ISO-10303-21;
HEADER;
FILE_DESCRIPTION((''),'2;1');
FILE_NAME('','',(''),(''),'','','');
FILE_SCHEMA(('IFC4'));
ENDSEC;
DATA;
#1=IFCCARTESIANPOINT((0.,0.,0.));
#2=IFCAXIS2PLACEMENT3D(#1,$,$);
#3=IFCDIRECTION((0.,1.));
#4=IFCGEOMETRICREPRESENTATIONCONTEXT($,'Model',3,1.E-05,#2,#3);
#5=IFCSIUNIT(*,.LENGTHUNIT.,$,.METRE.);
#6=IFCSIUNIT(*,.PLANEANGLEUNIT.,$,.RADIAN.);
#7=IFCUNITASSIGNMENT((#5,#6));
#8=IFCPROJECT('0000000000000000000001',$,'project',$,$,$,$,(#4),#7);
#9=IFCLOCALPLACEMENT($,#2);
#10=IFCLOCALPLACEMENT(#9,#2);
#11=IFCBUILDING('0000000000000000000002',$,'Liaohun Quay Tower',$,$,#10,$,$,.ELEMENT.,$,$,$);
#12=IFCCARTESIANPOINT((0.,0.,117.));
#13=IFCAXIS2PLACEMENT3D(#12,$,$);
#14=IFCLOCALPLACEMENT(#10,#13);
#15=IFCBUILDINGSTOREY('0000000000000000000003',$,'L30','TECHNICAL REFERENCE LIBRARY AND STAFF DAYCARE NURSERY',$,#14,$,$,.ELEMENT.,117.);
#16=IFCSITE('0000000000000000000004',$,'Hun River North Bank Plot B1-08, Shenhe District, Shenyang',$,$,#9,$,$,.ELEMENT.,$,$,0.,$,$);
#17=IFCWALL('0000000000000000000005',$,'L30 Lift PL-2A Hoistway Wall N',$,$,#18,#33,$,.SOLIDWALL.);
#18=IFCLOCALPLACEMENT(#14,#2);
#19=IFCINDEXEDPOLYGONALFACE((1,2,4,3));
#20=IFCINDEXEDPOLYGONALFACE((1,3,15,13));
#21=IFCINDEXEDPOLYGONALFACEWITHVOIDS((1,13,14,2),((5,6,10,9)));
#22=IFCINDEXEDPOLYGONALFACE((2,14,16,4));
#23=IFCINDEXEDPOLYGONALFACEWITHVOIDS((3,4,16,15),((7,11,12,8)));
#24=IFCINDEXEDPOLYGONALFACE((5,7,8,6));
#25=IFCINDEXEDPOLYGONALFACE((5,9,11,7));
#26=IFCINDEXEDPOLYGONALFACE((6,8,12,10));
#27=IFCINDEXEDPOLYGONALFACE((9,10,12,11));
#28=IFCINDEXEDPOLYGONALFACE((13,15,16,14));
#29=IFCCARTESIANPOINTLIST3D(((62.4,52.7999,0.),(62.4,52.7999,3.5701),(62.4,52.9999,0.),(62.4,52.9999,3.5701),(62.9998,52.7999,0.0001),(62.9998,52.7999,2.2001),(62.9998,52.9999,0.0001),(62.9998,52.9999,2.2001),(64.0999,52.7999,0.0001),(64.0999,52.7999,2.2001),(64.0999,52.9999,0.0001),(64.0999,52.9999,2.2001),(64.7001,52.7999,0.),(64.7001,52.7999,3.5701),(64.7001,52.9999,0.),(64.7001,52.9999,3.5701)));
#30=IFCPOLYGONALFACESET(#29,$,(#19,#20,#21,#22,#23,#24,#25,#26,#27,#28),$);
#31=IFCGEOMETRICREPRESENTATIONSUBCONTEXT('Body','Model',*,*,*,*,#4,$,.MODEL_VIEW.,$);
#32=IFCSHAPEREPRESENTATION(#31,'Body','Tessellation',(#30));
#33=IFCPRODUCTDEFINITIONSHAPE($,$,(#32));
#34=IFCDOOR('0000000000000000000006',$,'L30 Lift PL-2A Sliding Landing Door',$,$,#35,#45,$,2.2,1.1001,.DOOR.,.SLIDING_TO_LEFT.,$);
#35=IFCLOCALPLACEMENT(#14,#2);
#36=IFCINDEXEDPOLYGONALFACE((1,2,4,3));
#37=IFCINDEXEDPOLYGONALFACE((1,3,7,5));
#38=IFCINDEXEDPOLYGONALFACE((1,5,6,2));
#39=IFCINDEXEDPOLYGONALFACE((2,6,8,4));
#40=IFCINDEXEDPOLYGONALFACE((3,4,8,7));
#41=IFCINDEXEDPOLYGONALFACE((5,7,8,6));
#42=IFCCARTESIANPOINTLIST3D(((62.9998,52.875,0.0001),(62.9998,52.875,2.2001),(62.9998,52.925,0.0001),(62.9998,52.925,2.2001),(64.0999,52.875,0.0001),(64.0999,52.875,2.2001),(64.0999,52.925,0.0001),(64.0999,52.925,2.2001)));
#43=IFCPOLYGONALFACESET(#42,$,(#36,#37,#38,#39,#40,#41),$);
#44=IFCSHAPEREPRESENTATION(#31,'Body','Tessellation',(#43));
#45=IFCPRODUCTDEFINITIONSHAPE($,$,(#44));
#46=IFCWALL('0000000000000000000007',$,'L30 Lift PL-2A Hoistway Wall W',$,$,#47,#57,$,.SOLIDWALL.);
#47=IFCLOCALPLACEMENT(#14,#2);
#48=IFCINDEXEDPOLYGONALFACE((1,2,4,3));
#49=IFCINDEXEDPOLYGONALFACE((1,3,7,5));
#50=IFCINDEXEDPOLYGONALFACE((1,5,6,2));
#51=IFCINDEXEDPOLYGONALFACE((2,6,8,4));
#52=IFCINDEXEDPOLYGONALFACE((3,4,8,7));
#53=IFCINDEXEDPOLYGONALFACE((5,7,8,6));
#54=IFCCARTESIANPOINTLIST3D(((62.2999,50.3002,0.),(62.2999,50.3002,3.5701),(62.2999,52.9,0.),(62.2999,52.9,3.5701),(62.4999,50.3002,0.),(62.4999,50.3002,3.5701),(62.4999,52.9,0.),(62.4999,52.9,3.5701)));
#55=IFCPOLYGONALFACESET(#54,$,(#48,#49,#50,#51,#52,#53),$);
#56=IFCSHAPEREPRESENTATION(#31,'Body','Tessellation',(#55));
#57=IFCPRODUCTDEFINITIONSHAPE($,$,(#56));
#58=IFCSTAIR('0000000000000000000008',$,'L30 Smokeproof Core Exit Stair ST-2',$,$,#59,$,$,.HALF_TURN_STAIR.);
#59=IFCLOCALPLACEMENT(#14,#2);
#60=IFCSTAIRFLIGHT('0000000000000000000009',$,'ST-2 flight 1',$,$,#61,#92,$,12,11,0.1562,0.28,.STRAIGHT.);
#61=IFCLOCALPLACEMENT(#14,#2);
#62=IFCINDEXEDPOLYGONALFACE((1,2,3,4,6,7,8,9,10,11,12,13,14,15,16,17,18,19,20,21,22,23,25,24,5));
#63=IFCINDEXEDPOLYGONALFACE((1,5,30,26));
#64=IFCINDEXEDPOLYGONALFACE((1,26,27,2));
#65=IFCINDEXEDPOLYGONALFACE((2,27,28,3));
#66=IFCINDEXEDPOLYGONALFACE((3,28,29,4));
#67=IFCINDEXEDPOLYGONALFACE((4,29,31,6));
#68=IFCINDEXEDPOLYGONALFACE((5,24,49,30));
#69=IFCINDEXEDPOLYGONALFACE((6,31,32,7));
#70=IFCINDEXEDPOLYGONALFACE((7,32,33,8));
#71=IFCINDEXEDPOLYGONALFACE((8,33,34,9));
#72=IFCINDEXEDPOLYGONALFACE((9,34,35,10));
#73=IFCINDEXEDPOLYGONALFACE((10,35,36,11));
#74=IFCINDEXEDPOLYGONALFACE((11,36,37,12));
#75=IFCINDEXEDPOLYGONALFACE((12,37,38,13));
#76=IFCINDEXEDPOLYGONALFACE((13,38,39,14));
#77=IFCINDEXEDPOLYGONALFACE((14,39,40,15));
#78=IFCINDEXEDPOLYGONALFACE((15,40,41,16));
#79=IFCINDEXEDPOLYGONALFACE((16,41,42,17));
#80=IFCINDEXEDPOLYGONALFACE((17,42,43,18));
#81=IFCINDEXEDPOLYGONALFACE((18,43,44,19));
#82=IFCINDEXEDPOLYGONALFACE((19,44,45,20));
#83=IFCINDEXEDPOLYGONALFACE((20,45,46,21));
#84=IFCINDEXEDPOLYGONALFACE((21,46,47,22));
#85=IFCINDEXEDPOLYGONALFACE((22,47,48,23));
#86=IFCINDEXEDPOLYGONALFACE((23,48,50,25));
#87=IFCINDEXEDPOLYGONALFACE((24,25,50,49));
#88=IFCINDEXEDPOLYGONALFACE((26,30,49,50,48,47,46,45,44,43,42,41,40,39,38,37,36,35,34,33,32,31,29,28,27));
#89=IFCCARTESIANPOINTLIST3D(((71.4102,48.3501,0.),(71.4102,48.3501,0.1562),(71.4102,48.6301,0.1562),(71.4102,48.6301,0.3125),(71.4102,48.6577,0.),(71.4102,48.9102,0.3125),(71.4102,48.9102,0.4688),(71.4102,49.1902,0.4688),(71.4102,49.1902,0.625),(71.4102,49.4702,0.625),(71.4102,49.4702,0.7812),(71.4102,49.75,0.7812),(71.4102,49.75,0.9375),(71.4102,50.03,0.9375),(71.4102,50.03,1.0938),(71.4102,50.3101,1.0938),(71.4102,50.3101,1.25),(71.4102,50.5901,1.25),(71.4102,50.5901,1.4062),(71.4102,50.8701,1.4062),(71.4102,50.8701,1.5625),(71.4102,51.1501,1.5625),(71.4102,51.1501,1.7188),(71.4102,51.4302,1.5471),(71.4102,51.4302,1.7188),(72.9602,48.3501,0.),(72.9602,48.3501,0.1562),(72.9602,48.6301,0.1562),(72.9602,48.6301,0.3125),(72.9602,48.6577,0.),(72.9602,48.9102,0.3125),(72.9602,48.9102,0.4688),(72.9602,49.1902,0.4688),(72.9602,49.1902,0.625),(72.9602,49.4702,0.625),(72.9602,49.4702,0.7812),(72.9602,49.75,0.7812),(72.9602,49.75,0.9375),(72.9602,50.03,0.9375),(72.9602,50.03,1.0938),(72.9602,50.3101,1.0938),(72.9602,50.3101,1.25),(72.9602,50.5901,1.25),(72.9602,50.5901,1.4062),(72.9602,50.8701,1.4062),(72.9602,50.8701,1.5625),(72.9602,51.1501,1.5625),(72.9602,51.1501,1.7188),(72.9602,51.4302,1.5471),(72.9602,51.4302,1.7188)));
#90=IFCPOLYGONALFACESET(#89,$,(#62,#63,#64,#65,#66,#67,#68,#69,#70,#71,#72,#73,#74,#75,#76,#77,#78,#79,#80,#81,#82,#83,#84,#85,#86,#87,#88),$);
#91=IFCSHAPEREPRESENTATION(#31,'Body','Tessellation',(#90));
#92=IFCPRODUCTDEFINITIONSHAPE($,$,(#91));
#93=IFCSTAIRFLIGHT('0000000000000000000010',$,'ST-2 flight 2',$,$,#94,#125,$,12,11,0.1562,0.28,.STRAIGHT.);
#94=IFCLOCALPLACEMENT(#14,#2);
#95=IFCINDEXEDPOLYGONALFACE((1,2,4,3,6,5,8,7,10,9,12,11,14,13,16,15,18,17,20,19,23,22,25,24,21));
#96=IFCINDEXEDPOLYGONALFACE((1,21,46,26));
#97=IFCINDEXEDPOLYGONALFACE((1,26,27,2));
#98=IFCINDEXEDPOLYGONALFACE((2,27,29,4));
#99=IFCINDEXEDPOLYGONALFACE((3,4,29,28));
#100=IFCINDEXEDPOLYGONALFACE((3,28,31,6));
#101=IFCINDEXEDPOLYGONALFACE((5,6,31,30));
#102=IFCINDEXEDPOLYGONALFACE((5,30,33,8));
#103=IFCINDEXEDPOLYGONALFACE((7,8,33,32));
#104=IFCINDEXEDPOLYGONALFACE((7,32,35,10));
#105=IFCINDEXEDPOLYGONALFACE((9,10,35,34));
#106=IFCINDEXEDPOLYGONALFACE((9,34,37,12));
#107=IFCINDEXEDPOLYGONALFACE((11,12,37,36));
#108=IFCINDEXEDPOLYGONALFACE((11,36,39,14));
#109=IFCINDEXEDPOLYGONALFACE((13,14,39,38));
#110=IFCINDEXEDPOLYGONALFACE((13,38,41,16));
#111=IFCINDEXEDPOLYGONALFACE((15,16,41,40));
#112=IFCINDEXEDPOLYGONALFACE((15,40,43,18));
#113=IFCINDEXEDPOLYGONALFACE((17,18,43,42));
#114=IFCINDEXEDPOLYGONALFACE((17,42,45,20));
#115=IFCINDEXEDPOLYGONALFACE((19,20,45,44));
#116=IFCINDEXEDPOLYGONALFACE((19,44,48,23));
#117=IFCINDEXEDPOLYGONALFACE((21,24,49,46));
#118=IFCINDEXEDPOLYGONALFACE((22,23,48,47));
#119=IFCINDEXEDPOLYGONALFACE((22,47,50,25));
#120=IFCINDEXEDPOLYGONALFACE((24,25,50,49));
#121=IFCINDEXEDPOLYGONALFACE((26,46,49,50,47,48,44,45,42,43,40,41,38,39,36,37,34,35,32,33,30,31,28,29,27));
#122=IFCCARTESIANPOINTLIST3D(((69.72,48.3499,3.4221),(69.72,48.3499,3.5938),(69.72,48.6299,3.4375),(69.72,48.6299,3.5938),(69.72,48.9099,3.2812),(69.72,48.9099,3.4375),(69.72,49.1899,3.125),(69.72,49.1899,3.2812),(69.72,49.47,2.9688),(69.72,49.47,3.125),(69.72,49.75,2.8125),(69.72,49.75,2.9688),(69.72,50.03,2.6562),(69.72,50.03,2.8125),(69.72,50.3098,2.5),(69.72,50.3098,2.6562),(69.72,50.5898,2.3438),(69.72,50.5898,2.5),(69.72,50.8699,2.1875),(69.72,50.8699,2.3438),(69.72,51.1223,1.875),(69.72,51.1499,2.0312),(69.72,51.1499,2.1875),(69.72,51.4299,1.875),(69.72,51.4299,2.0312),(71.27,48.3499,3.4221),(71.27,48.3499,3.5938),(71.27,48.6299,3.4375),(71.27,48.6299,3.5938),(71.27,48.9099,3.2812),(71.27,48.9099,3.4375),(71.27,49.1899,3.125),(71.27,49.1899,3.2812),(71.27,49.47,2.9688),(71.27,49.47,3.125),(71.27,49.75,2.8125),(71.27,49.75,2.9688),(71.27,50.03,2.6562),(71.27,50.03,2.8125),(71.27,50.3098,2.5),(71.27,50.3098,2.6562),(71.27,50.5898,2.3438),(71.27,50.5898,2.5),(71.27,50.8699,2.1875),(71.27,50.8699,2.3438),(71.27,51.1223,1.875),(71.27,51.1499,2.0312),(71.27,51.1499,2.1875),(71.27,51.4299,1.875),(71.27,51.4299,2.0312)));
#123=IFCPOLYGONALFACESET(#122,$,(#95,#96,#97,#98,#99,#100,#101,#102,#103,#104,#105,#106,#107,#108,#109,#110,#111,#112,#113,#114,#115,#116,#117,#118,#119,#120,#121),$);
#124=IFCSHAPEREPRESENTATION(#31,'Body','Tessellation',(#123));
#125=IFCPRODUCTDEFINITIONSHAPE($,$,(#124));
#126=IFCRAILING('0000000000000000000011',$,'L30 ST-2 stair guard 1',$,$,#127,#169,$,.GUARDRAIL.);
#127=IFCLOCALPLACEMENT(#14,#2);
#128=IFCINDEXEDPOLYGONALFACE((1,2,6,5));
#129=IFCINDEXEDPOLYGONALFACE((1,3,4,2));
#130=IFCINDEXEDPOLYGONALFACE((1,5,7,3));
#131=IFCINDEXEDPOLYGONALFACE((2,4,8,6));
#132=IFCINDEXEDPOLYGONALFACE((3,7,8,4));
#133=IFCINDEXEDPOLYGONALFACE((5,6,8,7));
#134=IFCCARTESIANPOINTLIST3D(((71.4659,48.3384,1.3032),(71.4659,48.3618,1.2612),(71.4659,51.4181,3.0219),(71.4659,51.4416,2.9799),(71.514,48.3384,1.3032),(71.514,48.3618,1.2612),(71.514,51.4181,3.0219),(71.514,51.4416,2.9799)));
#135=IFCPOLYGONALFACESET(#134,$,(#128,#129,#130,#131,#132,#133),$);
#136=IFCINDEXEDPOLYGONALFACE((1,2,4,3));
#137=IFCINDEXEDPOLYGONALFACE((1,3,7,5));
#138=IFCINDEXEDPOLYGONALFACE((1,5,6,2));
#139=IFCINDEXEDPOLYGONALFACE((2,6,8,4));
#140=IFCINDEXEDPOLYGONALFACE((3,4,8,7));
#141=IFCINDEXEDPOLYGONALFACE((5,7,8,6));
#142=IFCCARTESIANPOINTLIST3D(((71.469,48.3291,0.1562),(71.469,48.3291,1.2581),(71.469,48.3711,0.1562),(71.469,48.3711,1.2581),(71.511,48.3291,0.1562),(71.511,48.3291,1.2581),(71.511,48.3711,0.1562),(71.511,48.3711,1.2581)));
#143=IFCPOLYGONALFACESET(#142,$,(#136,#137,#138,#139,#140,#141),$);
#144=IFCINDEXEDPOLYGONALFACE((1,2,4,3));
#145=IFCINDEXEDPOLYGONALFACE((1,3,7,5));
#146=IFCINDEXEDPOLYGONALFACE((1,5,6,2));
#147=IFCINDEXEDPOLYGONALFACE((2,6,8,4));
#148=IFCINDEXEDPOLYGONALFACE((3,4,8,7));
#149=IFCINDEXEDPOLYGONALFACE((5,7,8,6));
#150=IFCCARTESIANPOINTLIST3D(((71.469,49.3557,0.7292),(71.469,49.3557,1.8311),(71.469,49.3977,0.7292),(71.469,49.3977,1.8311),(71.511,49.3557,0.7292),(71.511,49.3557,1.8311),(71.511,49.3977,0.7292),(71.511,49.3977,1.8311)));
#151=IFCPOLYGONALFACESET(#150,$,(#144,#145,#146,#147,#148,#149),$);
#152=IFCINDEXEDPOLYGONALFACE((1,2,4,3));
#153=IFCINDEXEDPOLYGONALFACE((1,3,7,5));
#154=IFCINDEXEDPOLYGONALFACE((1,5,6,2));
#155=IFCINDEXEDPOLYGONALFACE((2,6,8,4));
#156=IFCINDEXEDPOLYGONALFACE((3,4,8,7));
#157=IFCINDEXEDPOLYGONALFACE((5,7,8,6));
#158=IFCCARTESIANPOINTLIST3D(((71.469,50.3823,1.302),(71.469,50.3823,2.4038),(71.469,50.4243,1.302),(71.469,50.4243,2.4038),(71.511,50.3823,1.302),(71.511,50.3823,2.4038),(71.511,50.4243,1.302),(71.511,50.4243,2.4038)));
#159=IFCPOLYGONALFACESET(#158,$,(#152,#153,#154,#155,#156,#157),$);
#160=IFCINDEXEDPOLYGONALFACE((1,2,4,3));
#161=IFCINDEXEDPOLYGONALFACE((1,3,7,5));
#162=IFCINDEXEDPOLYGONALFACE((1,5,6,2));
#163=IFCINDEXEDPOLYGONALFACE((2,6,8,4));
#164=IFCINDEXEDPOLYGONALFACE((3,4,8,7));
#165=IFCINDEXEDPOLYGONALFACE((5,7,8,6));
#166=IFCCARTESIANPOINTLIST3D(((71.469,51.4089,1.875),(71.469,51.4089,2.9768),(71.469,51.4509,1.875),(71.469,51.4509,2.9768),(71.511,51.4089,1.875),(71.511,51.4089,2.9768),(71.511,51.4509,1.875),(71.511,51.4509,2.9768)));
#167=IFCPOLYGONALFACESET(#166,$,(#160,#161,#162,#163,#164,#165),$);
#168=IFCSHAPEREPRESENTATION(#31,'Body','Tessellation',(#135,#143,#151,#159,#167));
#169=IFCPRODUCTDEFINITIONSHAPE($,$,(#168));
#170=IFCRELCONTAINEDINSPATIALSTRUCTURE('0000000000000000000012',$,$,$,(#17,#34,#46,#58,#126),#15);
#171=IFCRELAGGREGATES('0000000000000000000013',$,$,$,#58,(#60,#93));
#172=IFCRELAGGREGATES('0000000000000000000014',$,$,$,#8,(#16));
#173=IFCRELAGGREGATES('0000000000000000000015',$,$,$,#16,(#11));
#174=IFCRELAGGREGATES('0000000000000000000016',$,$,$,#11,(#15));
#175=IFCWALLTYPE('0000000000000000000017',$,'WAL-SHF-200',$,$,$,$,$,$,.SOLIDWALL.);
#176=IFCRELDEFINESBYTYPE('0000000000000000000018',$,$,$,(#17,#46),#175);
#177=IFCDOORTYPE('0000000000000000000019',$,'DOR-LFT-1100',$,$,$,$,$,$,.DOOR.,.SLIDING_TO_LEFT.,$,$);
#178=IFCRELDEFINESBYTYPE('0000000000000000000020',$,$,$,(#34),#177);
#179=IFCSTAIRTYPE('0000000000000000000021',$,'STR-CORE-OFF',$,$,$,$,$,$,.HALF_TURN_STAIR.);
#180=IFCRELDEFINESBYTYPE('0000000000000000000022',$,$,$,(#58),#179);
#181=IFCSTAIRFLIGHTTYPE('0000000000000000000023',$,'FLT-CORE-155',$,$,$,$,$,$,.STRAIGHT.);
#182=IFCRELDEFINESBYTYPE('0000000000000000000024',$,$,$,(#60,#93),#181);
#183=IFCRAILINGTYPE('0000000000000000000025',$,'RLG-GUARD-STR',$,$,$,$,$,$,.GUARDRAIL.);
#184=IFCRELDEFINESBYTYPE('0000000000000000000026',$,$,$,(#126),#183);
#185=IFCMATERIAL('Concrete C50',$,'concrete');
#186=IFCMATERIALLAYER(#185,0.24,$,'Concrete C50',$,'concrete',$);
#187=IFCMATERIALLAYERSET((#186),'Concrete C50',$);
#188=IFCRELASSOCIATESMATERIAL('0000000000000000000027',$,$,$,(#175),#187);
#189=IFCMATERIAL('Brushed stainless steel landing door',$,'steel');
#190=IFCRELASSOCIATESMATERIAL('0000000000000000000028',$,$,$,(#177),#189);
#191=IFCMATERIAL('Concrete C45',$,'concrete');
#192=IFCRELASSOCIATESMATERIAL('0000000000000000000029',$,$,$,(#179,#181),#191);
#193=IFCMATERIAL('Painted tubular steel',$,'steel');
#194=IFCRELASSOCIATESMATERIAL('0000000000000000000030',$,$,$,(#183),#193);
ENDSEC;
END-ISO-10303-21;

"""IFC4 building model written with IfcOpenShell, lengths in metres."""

from ifc_helpers import new_model, si_unit, direction, frame, frame_2d, origin, origin_2d, place, context, subcontext, project, spatial, polyline, rectangle, outline, extrude, source, transform, mapped, material, layer, layer_set, type_object, element, fill, aggregate, save


model = new_model("IFC4")

# Units and contexts
model_context = context("Model", 3, precision=1e-05, world=origin(), true_north=direction((0.0, 1.0)))
body_context = subcontext(model_context, "Body", "Model", "MODEL_VIEW")
ifc_project = project(units=[si_unit("LENGTHUNIT", "METRE"), si_unit("PLANEANGLEUNIT", "RADIAN")], contexts=[model_context])

# Site, building, storey
site_placement = place(None, origin())
site = spatial("IfcSite", under=ifc_project, at=site_placement, Name="Hun River North Bank Plot B1-08, Shenhe District, Shenyang", CompositionType="ELEMENT", RefElevation=0.0)
building_placement = place(site_placement, origin())
building = spatial("IfcBuilding", under=site, at=building_placement, Name="Liaohun Quay Tower", CompositionType="ELEMENT")
storey_placement = place(building_placement, frame((0.0, 0.0, 117.0)))
storey = spatial("IfcBuildingStorey", under=building, at=storey_placement, Name="L30", Description="TECHNICAL REFERENCE LIBRARY AND STAFF DAYCARE NURSERY", CompositionType="ELEMENT", Elevation=117.0)

# Shared definitions
ifc_material_1 = material(Name="Concrete C50", Category="concrete")
ifc_layer_1 = layer(ifc_material_1, 0.24, Name="Concrete C50", Category="concrete")
ifc_layer_set_1 = layer_set([ifc_layer_1], Name="Concrete C50")
wall_type_1 = type_object("IfcWallType", Name="WAL-SHF-200", PredefinedType="SOLIDWALL", material=ifc_layer_set_1)

# Wall, opening, door
wall_1_placement = place(storey_placement, frame((64.7, 52.8999, 0.0), z_axis=(0.0, 0.0, 1.0), x_axis=(-1.0, 0.0, 0.0)))
wall_1 = element("IfcWall", 1, at=wall_1_placement, inside=storey, type_object=wall_type_1, Name="L30 Lift PL-2A Hoistway Wall N", PredefinedType="SOLIDWALL", context=body_context, shape_type="SweptSolid", body=[
    extrude(rectangle(XDim=2.3, YDim=0.2, at=frame_2d((1.1499, 0.0))), origin(), (0.0, 0.0, 1.0), 3.5701),
])
shared_shape_1 = source(origin(), body_context, "Body", "SweptSolid", [
    extrude(rectangle(XDim=1.1001, YDim=2.2, at=frame_2d((0.55, 1.1001))), frame((0.0, 0.1099, 0.0), z_axis=(0.0, -1.0, 0.0), x_axis=(1.0, 0.0, 0.0)), (0.0, 0.0, 1.0), 0.22),
])
opening_1_placement = place(wall_1_placement, frame((0.6001, 0.0, 0.0)))
opening_1 = element("IfcOpeningElement", 2, at=opening_1_placement, cuts=wall_1, PredefinedType="OPENING", context=body_context, shape_type="MappedRepresentation", body=[
    mapped(shared_shape_1, transform((0.0, 0.0, 0.0), x_axis=(1.0, 0.0, 0.0), y_axis=(0.0, 1.0, 0.0), z_axis=(0.0, 0.0, 1.0), scale=1.0)),
])
ifc_material_2 = material(Name="Brushed stainless steel landing door", Category="steel")
door_type_1 = type_object("IfcDoorType", Name="DOR-LFT-1100", OperationType="SLIDING_TO_LEFT", PredefinedType="DOOR", material=ifc_material_2)
shared_shape_2 = source(origin(), body_context, "Body", "SweptSolid", [
    extrude(rectangle(XDim=1.1001, YDim=2.2, at=frame_2d((0.55, 1.1001))), frame((0.0, 0.0249, 0.0), z_axis=(0.0, -1.0, 0.0), x_axis=(1.0, 0.0, 0.0)), (0.0, 0.0, 1.0), 0.05),
])
door_1_placement = place(opening_1_placement, origin())
door_1 = element("IfcDoor", 3, at=door_1_placement, inside=storey, type_object=door_type_1, Name="L30 Lift PL-2A Sliding Landing Door", OperationType="SLIDING_TO_LEFT", OverallHeight=2.2, OverallWidth=1.1001, PredefinedType="DOOR", context=body_context, shape_type="MappedRepresentation", body=[
    mapped(shared_shape_2, transform((0.0, 0.0, 0.0), x_axis=(1.0, 0.0, 0.0), y_axis=(0.0, 1.0, 0.0), z_axis=(0.0, 0.0, 1.0), scale=1.0)),
])
fill(opening_1, door_1)

# Wall
wall_2_placement = place(storey_placement, frame((62.3999, 52.8999, 0.0), z_axis=(0.0, 0.0, 1.0), x_axis=(0.0, -1.0, 0.0)))
element("IfcWall", 4, at=wall_2_placement, inside=storey, type_object=wall_type_1, Name="L30 Lift PL-2A Hoistway Wall W", PredefinedType="SOLIDWALL", context=body_context, shape_type="SweptSolid", body=[
    extrude(rectangle(XDim=2.5999, YDim=0.2, at=frame_2d((1.2998, 0.0))), origin(), (0.0, 0.0, 1.0), 3.5701),
])

# Stair, stair flights
ifc_material_3 = material(Name="Concrete C45", Category="concrete")
stair_type = type_object("IfcStairType", Name="STR-CORE-OFF", PredefinedType="HALF_TURN_STAIR", material=ifc_material_3)
stair_placement = place(storey_placement, origin())
stair = element("IfcStair", 5, at=stair_placement, inside=storey, type_object=stair_type, Name="L30 Smokeproof Core Exit Stair ST-2", PredefinedType="HALF_TURN_STAIR")
stair_flight_type = type_object("IfcStairFlightType", Name="FLT-CORE-155", PredefinedType="STRAIGHT", material=ifc_material_3)
stair_flight_1_placement = place(storey_placement, frame((72.1851, 48.3501, 0.0), z_axis=(0.0, 0.0, 1.0), x_axis=(0.0, 1.0, 0.0)))
stair_flight_1 = element("IfcStairFlight", 6, at=stair_flight_1_placement, type_object=stair_flight_type, Name="ST-2 flight 1", NumberOfRisers=12, NumberOfTreads=11, PredefinedType="STRAIGHT", RiserHeight=0.1562, TreadLength=0.28, context=body_context, shape_type="SweptSolid", body=[
    extrude(outline(polyline([(0.0, 0.0), (0.0, 0.1562), (0.28, 0.1562), (0.28, 0.3125), (0.5601, 0.3125), (0.5601, 0.4688), (0.8401, 0.4688), (0.8401, 0.625), (1.1201, 0.625), (1.1201, 0.7812), (1.3999, 0.7812), (1.3999, 0.9375), (1.6799, 0.9375), (1.6799, 1.0938), (1.96, 1.0938), (1.96, 1.25), (2.24, 1.25), (2.24, 1.4062), (2.52, 1.4062), (2.52, 1.5625), (2.8, 1.5625), (2.8, 1.7188), (3.0801, 1.7188), (3.0801, 1.875), (3.0801, 1.5471), (0.3076, 0.0), (0.0, 0.0)])), frame((0.0, 0.7749, 0.0), z_axis=(0.0, -1.0, 0.0), x_axis=(1.0, 0.0, 0.0)), (0.0, 0.0, 1.0), 1.55),
])
stair_flight_2_placement = place(storey_placement, frame((70.4951, 51.4299, 1.875), z_axis=(0.0, 0.0, 1.0), x_axis=(0.0, -1.0, 0.0)))
stair_flight_2 = element("IfcStairFlight", 7, at=stair_flight_2_placement, type_object=stair_flight_type, Name="ST-2 flight 2", NumberOfRisers=12, NumberOfTreads=11, PredefinedType="STRAIGHT", RiserHeight=0.1562, TreadLength=0.28, context=body_context, shape_type="SweptSolid", body=[
    extrude(outline(polyline([(0.0, 0.0), (0.0, 0.1562), (0.28, 0.1562), (0.28, 0.3125), (0.5601, 0.3125), (0.5601, 0.4688), (0.8401, 0.4688), (0.8401, 0.625), (1.1201, 0.625), (1.1201, 0.7812), (1.3999, 0.7812), (1.3999, 0.9375), (1.6799, 0.9375), (1.6799, 1.0938), (1.96, 1.0938), (1.96, 1.25), (2.24, 1.25), (2.24, 1.4062), (2.52, 1.4062), (2.52, 1.5625), (2.8, 1.5625), (2.8, 1.7188), (3.0801, 1.7188), (3.0801, 1.875), (3.0801, 1.5471), (0.3076, 0.0), (0.0, 0.0)])), frame((0.0, 0.7749, 0.0), z_axis=(0.0, -1.0, 0.0), x_axis=(1.0, 0.0, 0.0)), (0.0, 0.0, 1.0), 1.55),
])
aggregate(stair, [stair_flight_1, stair_flight_2])

# Railing
ifc_material_4 = material(Name="Painted tubular steel", Category="steel")
railing_type_1 = type_object("IfcRailingType", Name="RLG-GUARD-STR", PredefinedType="GUARDRAIL", material=ifc_material_4)
railing_1_placement = place(storey_placement, frame((71.49, 48.3501, 0.1562)))
element("IfcRailing", 8, at=railing_1_placement, inside=storey, type_object=railing_type_1, Name="L30 ST-2 stair guard 1", PredefinedType="GUARDRAIL", context=body_context, shape_type="SweptSolid", body=[
    extrude(rectangle(XDim=0.0481, YDim=0.0481, at=origin_2d()), frame((0.0, 0.0, 1.126), z_axis=(0.0, 0.873225, 0.487317), x_axis=(-1.0, 0.0, 0.0)), (0.0, 0.0, 1.0), 3.5269),
    extrude(rectangle(XDim=0.042, YDim=0.042, at=origin_2d()), origin(), (0.0, 0.0, 1.0), 1.1018),
    extrude(rectangle(XDim=0.042, YDim=0.042, at=origin_2d()), frame((0.0, 1.0266, 0.573)), (0.0, 0.0, 1.0), 1.1018),
    extrude(rectangle(XDim=0.042, YDim=0.042, at=origin_2d()), frame((0.0, 2.0532, 1.1458)), (0.0, 0.0, 1.0), 1.1018),
    extrude(rectangle(XDim=0.042, YDim=0.042, at=origin_2d()), frame((0.0, 3.0798, 1.7188)), (0.0, 0.0, 1.0), 1.1018),
])

save(model, "model.ifc")
